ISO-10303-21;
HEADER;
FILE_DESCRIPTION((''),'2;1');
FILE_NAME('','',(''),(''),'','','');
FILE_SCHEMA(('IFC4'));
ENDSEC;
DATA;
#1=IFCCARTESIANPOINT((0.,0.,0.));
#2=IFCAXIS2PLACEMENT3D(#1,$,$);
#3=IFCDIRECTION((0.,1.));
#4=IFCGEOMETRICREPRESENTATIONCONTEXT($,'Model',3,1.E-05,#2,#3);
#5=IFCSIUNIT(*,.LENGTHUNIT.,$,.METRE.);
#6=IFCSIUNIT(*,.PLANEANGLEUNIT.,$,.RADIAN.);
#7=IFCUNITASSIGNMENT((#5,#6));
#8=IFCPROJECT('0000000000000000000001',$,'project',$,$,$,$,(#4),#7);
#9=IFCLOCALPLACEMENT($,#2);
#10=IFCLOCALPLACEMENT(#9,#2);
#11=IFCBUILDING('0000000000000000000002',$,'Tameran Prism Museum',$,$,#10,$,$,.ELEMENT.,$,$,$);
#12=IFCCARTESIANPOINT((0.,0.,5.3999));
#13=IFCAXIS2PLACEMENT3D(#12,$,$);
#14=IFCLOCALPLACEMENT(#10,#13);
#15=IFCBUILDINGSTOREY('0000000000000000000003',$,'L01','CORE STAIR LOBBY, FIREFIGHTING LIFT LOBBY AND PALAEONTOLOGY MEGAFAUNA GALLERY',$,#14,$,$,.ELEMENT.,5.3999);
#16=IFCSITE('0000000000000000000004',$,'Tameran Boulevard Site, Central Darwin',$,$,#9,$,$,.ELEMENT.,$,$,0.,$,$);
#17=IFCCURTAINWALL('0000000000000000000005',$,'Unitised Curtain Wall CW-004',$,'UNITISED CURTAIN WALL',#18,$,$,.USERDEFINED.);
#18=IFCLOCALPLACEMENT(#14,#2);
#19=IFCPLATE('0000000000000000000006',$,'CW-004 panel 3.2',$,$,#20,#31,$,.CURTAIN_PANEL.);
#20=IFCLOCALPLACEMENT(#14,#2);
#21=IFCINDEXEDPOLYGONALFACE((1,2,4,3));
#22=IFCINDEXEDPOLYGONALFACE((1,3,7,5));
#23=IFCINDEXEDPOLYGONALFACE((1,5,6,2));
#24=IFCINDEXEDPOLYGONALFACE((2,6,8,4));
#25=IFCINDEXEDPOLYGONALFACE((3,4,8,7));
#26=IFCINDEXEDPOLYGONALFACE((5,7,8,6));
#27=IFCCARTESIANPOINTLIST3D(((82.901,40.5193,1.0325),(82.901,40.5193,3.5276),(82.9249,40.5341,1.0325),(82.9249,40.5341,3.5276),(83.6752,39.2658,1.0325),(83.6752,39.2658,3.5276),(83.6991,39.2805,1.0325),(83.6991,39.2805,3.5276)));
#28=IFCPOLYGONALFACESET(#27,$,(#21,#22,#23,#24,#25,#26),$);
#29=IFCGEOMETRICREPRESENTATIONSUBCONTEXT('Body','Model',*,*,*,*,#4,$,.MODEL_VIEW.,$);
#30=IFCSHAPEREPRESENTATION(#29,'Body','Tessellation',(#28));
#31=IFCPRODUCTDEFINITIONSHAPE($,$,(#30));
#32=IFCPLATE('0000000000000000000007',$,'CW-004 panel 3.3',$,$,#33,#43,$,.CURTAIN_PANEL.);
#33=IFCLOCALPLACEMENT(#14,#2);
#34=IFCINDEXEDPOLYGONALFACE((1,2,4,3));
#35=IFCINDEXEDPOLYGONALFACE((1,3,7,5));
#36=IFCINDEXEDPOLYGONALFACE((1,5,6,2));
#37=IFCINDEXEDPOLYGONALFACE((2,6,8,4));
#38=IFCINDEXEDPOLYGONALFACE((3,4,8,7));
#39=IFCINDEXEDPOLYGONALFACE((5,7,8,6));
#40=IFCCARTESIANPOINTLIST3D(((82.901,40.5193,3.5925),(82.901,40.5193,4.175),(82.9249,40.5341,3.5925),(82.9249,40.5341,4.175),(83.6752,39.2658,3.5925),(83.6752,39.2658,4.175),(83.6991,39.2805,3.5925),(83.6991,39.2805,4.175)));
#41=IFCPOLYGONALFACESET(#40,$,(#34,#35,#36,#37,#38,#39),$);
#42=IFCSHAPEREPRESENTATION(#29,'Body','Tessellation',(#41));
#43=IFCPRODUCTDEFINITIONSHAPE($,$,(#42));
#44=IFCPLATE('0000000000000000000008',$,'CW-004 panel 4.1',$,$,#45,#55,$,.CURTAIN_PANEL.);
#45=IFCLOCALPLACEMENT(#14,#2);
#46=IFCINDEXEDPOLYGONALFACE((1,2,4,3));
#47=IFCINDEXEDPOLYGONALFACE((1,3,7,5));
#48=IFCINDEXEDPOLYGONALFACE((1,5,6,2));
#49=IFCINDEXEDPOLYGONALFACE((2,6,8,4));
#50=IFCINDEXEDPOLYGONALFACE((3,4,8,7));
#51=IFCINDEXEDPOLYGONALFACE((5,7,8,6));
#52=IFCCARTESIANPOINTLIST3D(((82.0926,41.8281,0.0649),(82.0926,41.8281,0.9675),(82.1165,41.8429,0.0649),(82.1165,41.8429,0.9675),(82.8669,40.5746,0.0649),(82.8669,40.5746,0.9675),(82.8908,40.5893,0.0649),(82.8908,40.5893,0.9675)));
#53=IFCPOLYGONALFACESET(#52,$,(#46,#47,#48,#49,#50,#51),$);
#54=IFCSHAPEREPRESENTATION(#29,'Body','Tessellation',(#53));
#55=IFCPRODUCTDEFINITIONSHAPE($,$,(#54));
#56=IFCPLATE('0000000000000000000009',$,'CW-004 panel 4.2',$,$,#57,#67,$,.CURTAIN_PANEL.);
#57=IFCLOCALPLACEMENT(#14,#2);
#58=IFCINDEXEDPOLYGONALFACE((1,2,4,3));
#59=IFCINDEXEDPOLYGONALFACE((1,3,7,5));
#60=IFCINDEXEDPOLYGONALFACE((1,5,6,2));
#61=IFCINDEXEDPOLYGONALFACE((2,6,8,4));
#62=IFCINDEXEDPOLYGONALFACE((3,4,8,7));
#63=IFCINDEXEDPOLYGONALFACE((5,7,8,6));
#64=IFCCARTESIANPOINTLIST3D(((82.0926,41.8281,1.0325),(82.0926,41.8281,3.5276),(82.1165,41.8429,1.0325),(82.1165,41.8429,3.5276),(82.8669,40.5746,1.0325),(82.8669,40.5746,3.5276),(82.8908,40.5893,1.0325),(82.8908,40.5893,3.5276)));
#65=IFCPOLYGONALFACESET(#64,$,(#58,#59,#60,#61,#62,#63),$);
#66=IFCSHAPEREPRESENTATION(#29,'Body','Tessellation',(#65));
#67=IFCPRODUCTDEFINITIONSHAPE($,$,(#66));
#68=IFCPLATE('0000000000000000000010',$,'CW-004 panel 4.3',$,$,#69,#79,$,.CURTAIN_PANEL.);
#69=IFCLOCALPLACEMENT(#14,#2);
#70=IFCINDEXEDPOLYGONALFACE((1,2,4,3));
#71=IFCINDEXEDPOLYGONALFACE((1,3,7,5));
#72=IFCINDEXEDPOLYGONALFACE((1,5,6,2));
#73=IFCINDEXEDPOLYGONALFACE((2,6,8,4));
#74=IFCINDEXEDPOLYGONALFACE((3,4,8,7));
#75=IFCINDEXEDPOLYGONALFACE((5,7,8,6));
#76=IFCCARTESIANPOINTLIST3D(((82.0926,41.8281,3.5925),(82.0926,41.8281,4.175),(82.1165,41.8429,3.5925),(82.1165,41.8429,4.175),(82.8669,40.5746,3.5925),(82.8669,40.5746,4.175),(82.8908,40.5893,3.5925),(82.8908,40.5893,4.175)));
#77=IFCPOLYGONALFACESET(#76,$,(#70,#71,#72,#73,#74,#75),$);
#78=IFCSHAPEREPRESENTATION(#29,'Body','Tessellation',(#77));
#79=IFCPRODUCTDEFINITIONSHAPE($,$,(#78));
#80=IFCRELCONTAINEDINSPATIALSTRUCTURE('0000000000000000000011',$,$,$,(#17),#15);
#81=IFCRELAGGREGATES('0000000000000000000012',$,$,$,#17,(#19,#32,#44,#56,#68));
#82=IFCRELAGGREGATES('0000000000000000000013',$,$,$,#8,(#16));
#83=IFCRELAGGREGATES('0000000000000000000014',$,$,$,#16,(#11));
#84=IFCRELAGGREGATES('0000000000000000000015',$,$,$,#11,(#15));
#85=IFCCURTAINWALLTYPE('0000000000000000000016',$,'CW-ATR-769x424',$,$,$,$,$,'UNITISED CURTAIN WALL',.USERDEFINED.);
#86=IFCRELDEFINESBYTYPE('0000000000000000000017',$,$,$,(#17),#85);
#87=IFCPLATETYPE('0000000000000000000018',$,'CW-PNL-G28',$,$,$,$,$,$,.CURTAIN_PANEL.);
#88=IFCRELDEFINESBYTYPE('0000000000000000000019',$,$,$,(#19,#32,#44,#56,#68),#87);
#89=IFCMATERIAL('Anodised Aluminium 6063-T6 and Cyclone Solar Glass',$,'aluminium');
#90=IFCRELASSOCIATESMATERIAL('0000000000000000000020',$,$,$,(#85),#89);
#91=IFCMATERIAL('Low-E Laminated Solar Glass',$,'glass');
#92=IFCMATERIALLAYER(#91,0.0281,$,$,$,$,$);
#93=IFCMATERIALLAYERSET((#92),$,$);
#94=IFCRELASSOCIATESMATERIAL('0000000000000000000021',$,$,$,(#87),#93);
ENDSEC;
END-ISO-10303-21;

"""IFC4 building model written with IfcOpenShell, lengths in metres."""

from ifc_helpers import new_model, si_unit, direction, frame, origin, origin_2d, place, context, subcontext, project, spatial, rectangle, extrude, material, layer, layer_set, type_object, element, aggregate, save


model = new_model("IFC4")

# Units and contexts
model_context = context("Model", 3, precision=1e-05, world=origin(), true_north=direction((0.0, 1.0)))
body_context = subcontext(model_context, "Body", "Model", "MODEL_VIEW")
ifc_project = project(units=[si_unit("LENGTHUNIT", "METRE"), si_unit("PLANEANGLEUNIT", "RADIAN")], contexts=[model_context])

# Site, building, storey
site_placement = place(None, origin())
site = spatial("IfcSite", under=ifc_project, at=site_placement, Name="Tameran Boulevard Site, Central Darwin", CompositionType="ELEMENT", RefElevation=0.0)
building_placement = place(site_placement, origin())
building = spatial("IfcBuilding", under=site, at=building_placement, Name="Tameran Prism Museum", CompositionType="ELEMENT")
storey_placement = place(building_placement, frame((0.0, 0.0, 5.3999)))
storey = spatial("IfcBuildingStorey", under=building, at=storey_placement, Name="L01", Description="CORE STAIR LOBBY, FIREFIGHTING LIFT LOBBY AND PALAEONTOLOGY MEGAFAUNA GALLERY", CompositionType="ELEMENT", Elevation=5.3999)

# Curtain wall
ifc_material_1 = material(Name="Anodised Aluminium 6063-T6 and Cyclone Solar Glass", Category="aluminium")
curtain_wall_type = type_object("IfcCurtainWallType", Name="CW-ATR-769x424", ElementType="UNITISED CURTAIN WALL", PredefinedType="USERDEFINED", material=ifc_material_1)
curtain_wall_1_placement = place(storey_placement, origin())
curtain_wall_1 = element("IfcCurtainWall", 1, at=curtain_wall_1_placement, inside=storey, type_object=curtain_wall_type, Name="Unitised Curtain Wall CW-004", ObjectType="UNITISED CURTAIN WALL", PredefinedType="USERDEFINED")

# Plates
ifc_material_2 = material(Name="Low-E Laminated Solar Glass", Category="glass")
ifc_layer = layer(ifc_material_2, 0.0281)
ifc_layer_set = layer_set([ifc_layer])
plate_type = type_object("IfcPlateType", Name="CW-PNL-G28", PredefinedType="CURTAIN_PANEL", material=ifc_layer_set)
plate_1_placement = place(storey_placement, frame((83.3, 39.8999, 1.0325), z_axis=(0.0, 0.0, 1.0), x_axis=(-0.525504, 0.850791, 0.0)))
plate_1 = element("IfcPlate", 2, at=plate_1_placement, type_object=plate_type, Name="CW-004 panel 3.2", PredefinedType="CURTAIN_PANEL", context=body_context, shape_type="SweptSolid", body=[
    extrude(rectangle(XDim=1.4734, YDim=0.0281, at=origin_2d()), origin(), (0.0, 0.0, 1.0), 2.4951),
])
plate_2_placement = place(storey_placement, frame((83.3, 39.8999, 3.5925), z_axis=(0.0, 0.0, 1.0), x_axis=(-0.525504, 0.850791, 0.0)))
plate_2 = element("IfcPlate", 3, at=plate_2_placement, type_object=plate_type, Name="CW-004 panel 3.3", PredefinedType="CURTAIN_PANEL", context=body_context, shape_type="SweptSolid", body=[
    extrude(rectangle(XDim=1.4734, YDim=0.0281, at=origin_2d()), origin(), (0.0, 0.0, 1.0), 0.5825),
])
plate_3_placement = place(storey_placement, frame((82.4917, 41.2087, 0.0649), z_axis=(0.0, 0.0, 1.0), x_axis=(-0.525504, 0.850791, 0.0)))
plate_3 = element("IfcPlate", 4, at=plate_3_placement, type_object=plate_type, Name="CW-004 panel 4.1", PredefinedType="CURTAIN_PANEL", context=body_context, shape_type="SweptSolid", body=[
    extrude(rectangle(XDim=1.4734, YDim=0.0281, at=origin_2d()), origin(), (0.0, 0.0, 1.0), 0.9026),
])
plate_4_placement = place(storey_placement, frame((82.4917, 41.2087, 1.0325), z_axis=(0.0, 0.0, 1.0), x_axis=(-0.525504, 0.850791, 0.0)))
plate_4 = element("IfcPlate", 5, at=plate_4_placement, type_object=plate_type, Name="CW-004 panel 4.2", PredefinedType="CURTAIN_PANEL", context=body_context, shape_type="SweptSolid", body=[
    extrude(rectangle(XDim=1.4734, YDim=0.0281, at=origin_2d()), origin(), (0.0, 0.0, 1.0), 2.4951),
])
plate_5_placement = place(storey_placement, frame((82.4917, 41.2087, 3.5925), z_axis=(0.0, 0.0, 1.0), x_axis=(-0.525504, 0.850791, 0.0)))
plate_5 = element("IfcPlate", 6, at=plate_5_placement, type_object=plate_type, Name="CW-004 panel 4.3", PredefinedType="CURTAIN_PANEL", context=body_context, shape_type="SweptSolid", body=[
    extrude(rectangle(XDim=1.4734, YDim=0.0281, at=origin_2d()), origin(), (0.0, 0.0, 1.0), 0.5825),
])
aggregate(curtain_wall_1, [plate_1, plate_2, plate_3, plate_4, plate_5])

save(model, "model.ifc")
